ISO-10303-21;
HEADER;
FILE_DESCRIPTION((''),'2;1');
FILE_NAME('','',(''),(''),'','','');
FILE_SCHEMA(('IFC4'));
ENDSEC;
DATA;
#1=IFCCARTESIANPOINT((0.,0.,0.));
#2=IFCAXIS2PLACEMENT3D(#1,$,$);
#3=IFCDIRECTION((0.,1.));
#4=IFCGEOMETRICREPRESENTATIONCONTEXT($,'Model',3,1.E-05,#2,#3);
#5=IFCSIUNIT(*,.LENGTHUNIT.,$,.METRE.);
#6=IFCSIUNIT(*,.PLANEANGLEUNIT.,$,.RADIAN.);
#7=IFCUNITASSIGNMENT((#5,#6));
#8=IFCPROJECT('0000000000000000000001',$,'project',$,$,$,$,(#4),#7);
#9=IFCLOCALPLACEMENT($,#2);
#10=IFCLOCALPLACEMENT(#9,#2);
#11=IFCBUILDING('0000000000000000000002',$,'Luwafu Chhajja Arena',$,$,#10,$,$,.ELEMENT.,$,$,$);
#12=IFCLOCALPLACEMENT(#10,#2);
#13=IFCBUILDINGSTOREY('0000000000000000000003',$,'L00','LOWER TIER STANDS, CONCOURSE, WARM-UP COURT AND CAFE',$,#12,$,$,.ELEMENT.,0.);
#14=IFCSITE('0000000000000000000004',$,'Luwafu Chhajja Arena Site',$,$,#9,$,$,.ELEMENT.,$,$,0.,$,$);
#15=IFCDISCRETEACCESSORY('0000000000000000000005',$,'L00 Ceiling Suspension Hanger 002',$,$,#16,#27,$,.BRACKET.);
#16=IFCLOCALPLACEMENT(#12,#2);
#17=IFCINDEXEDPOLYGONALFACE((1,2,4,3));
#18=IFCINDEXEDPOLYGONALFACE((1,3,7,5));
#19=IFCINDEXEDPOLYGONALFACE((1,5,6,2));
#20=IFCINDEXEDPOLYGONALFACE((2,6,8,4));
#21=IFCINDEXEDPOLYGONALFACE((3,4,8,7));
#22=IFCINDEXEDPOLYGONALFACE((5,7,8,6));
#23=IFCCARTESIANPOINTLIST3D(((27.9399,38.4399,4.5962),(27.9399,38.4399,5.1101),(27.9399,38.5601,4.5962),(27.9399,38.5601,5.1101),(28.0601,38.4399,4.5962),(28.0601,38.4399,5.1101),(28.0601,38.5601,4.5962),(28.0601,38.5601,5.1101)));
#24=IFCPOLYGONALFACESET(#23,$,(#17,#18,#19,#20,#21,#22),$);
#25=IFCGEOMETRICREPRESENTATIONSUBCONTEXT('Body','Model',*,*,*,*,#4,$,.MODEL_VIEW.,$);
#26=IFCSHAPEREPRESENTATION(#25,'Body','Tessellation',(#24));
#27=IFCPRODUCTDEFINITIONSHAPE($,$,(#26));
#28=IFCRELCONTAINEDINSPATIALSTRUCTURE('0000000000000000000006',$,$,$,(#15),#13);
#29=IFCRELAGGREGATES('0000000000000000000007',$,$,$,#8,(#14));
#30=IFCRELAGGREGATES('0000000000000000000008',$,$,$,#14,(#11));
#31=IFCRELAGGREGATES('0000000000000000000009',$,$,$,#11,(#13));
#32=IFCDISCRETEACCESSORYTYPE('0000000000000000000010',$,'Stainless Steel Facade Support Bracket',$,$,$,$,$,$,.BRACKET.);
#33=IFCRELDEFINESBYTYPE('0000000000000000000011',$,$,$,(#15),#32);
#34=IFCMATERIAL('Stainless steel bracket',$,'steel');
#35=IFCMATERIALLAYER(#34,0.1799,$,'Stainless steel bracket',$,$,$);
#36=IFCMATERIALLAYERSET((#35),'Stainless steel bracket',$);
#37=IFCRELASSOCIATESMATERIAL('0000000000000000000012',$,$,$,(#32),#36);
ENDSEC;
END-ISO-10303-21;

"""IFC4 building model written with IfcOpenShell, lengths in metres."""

from ifc_helpers import new_model, si_unit, direction, frame, origin, origin_2d, place, context, subcontext, project, spatial, rectangle, extrude, material, layer, layer_set, type_object, element, save


model = new_model("IFC4")

# Units and contexts
model_context = context("Model", 3, precision=1e-05, world=origin(), true_north=direction((0.0, 1.0)))
body_context = subcontext(model_context, "Body", "Model", "MODEL_VIEW")
ifc_project = project(units=[si_unit("LENGTHUNIT", "METRE"), si_unit("PLANEANGLEUNIT", "RADIAN")], contexts=[model_context])

# Site, building, storey
site_placement = place(None, origin())
site = spatial("IfcSite", under=ifc_project, at=site_placement, Name="Luwafu Chhajja Arena Site", CompositionType="ELEMENT", RefElevation=0.0)
building_placement = place(site_placement, origin())
building = spatial("IfcBuilding", under=site, at=building_placement, Name="Luwafu Chhajja Arena", CompositionType="ELEMENT")
storey_placement = place(building_placement, origin())
storey = spatial("IfcBuildingStorey", under=building, at=storey_placement, Name="L00", Description="LOWER TIER STANDS, CONCOURSE, WARM-UP COURT AND CAFE", CompositionType="ELEMENT", Elevation=0.0)

# Discrete accessory
ifc_material_1 = material(Name="Stainless steel bracket", Category="steel")
ifc_layer_1 = layer(ifc_material_1, 0.1799, Name="Stainless steel bracket")
ifc_layer_set_1 = layer_set([ifc_layer_1], Name="Stainless steel bracket")
discrete_accessory_type = type_object("IfcDiscreteAccessoryType", Name="Stainless Steel Facade Support Bracket", PredefinedType="BRACKET", material=ifc_layer_set_1)
discrete_accessory_placement = place(storey_placement, frame((28.0, 38.5, 4.5962), z_axis=(0.0, 0.0, 1.0), x_axis=(1.0, 0.0, 0.0)))
element("IfcDiscreteAccessory", 1, at=discrete_accessory_placement, inside=storey, type_object=discrete_accessory_type, Name="L00 Ceiling Suspension Hanger 002", PredefinedType="BRACKET", context=body_context, shape_type="SweptSolid", body=[
    extrude(rectangle(XDim=0.1201, YDim=0.1201, at=origin_2d()), origin(), (0.0, 0.0, 1.0), 0.5139),
])

save(model, "model.ifc")
